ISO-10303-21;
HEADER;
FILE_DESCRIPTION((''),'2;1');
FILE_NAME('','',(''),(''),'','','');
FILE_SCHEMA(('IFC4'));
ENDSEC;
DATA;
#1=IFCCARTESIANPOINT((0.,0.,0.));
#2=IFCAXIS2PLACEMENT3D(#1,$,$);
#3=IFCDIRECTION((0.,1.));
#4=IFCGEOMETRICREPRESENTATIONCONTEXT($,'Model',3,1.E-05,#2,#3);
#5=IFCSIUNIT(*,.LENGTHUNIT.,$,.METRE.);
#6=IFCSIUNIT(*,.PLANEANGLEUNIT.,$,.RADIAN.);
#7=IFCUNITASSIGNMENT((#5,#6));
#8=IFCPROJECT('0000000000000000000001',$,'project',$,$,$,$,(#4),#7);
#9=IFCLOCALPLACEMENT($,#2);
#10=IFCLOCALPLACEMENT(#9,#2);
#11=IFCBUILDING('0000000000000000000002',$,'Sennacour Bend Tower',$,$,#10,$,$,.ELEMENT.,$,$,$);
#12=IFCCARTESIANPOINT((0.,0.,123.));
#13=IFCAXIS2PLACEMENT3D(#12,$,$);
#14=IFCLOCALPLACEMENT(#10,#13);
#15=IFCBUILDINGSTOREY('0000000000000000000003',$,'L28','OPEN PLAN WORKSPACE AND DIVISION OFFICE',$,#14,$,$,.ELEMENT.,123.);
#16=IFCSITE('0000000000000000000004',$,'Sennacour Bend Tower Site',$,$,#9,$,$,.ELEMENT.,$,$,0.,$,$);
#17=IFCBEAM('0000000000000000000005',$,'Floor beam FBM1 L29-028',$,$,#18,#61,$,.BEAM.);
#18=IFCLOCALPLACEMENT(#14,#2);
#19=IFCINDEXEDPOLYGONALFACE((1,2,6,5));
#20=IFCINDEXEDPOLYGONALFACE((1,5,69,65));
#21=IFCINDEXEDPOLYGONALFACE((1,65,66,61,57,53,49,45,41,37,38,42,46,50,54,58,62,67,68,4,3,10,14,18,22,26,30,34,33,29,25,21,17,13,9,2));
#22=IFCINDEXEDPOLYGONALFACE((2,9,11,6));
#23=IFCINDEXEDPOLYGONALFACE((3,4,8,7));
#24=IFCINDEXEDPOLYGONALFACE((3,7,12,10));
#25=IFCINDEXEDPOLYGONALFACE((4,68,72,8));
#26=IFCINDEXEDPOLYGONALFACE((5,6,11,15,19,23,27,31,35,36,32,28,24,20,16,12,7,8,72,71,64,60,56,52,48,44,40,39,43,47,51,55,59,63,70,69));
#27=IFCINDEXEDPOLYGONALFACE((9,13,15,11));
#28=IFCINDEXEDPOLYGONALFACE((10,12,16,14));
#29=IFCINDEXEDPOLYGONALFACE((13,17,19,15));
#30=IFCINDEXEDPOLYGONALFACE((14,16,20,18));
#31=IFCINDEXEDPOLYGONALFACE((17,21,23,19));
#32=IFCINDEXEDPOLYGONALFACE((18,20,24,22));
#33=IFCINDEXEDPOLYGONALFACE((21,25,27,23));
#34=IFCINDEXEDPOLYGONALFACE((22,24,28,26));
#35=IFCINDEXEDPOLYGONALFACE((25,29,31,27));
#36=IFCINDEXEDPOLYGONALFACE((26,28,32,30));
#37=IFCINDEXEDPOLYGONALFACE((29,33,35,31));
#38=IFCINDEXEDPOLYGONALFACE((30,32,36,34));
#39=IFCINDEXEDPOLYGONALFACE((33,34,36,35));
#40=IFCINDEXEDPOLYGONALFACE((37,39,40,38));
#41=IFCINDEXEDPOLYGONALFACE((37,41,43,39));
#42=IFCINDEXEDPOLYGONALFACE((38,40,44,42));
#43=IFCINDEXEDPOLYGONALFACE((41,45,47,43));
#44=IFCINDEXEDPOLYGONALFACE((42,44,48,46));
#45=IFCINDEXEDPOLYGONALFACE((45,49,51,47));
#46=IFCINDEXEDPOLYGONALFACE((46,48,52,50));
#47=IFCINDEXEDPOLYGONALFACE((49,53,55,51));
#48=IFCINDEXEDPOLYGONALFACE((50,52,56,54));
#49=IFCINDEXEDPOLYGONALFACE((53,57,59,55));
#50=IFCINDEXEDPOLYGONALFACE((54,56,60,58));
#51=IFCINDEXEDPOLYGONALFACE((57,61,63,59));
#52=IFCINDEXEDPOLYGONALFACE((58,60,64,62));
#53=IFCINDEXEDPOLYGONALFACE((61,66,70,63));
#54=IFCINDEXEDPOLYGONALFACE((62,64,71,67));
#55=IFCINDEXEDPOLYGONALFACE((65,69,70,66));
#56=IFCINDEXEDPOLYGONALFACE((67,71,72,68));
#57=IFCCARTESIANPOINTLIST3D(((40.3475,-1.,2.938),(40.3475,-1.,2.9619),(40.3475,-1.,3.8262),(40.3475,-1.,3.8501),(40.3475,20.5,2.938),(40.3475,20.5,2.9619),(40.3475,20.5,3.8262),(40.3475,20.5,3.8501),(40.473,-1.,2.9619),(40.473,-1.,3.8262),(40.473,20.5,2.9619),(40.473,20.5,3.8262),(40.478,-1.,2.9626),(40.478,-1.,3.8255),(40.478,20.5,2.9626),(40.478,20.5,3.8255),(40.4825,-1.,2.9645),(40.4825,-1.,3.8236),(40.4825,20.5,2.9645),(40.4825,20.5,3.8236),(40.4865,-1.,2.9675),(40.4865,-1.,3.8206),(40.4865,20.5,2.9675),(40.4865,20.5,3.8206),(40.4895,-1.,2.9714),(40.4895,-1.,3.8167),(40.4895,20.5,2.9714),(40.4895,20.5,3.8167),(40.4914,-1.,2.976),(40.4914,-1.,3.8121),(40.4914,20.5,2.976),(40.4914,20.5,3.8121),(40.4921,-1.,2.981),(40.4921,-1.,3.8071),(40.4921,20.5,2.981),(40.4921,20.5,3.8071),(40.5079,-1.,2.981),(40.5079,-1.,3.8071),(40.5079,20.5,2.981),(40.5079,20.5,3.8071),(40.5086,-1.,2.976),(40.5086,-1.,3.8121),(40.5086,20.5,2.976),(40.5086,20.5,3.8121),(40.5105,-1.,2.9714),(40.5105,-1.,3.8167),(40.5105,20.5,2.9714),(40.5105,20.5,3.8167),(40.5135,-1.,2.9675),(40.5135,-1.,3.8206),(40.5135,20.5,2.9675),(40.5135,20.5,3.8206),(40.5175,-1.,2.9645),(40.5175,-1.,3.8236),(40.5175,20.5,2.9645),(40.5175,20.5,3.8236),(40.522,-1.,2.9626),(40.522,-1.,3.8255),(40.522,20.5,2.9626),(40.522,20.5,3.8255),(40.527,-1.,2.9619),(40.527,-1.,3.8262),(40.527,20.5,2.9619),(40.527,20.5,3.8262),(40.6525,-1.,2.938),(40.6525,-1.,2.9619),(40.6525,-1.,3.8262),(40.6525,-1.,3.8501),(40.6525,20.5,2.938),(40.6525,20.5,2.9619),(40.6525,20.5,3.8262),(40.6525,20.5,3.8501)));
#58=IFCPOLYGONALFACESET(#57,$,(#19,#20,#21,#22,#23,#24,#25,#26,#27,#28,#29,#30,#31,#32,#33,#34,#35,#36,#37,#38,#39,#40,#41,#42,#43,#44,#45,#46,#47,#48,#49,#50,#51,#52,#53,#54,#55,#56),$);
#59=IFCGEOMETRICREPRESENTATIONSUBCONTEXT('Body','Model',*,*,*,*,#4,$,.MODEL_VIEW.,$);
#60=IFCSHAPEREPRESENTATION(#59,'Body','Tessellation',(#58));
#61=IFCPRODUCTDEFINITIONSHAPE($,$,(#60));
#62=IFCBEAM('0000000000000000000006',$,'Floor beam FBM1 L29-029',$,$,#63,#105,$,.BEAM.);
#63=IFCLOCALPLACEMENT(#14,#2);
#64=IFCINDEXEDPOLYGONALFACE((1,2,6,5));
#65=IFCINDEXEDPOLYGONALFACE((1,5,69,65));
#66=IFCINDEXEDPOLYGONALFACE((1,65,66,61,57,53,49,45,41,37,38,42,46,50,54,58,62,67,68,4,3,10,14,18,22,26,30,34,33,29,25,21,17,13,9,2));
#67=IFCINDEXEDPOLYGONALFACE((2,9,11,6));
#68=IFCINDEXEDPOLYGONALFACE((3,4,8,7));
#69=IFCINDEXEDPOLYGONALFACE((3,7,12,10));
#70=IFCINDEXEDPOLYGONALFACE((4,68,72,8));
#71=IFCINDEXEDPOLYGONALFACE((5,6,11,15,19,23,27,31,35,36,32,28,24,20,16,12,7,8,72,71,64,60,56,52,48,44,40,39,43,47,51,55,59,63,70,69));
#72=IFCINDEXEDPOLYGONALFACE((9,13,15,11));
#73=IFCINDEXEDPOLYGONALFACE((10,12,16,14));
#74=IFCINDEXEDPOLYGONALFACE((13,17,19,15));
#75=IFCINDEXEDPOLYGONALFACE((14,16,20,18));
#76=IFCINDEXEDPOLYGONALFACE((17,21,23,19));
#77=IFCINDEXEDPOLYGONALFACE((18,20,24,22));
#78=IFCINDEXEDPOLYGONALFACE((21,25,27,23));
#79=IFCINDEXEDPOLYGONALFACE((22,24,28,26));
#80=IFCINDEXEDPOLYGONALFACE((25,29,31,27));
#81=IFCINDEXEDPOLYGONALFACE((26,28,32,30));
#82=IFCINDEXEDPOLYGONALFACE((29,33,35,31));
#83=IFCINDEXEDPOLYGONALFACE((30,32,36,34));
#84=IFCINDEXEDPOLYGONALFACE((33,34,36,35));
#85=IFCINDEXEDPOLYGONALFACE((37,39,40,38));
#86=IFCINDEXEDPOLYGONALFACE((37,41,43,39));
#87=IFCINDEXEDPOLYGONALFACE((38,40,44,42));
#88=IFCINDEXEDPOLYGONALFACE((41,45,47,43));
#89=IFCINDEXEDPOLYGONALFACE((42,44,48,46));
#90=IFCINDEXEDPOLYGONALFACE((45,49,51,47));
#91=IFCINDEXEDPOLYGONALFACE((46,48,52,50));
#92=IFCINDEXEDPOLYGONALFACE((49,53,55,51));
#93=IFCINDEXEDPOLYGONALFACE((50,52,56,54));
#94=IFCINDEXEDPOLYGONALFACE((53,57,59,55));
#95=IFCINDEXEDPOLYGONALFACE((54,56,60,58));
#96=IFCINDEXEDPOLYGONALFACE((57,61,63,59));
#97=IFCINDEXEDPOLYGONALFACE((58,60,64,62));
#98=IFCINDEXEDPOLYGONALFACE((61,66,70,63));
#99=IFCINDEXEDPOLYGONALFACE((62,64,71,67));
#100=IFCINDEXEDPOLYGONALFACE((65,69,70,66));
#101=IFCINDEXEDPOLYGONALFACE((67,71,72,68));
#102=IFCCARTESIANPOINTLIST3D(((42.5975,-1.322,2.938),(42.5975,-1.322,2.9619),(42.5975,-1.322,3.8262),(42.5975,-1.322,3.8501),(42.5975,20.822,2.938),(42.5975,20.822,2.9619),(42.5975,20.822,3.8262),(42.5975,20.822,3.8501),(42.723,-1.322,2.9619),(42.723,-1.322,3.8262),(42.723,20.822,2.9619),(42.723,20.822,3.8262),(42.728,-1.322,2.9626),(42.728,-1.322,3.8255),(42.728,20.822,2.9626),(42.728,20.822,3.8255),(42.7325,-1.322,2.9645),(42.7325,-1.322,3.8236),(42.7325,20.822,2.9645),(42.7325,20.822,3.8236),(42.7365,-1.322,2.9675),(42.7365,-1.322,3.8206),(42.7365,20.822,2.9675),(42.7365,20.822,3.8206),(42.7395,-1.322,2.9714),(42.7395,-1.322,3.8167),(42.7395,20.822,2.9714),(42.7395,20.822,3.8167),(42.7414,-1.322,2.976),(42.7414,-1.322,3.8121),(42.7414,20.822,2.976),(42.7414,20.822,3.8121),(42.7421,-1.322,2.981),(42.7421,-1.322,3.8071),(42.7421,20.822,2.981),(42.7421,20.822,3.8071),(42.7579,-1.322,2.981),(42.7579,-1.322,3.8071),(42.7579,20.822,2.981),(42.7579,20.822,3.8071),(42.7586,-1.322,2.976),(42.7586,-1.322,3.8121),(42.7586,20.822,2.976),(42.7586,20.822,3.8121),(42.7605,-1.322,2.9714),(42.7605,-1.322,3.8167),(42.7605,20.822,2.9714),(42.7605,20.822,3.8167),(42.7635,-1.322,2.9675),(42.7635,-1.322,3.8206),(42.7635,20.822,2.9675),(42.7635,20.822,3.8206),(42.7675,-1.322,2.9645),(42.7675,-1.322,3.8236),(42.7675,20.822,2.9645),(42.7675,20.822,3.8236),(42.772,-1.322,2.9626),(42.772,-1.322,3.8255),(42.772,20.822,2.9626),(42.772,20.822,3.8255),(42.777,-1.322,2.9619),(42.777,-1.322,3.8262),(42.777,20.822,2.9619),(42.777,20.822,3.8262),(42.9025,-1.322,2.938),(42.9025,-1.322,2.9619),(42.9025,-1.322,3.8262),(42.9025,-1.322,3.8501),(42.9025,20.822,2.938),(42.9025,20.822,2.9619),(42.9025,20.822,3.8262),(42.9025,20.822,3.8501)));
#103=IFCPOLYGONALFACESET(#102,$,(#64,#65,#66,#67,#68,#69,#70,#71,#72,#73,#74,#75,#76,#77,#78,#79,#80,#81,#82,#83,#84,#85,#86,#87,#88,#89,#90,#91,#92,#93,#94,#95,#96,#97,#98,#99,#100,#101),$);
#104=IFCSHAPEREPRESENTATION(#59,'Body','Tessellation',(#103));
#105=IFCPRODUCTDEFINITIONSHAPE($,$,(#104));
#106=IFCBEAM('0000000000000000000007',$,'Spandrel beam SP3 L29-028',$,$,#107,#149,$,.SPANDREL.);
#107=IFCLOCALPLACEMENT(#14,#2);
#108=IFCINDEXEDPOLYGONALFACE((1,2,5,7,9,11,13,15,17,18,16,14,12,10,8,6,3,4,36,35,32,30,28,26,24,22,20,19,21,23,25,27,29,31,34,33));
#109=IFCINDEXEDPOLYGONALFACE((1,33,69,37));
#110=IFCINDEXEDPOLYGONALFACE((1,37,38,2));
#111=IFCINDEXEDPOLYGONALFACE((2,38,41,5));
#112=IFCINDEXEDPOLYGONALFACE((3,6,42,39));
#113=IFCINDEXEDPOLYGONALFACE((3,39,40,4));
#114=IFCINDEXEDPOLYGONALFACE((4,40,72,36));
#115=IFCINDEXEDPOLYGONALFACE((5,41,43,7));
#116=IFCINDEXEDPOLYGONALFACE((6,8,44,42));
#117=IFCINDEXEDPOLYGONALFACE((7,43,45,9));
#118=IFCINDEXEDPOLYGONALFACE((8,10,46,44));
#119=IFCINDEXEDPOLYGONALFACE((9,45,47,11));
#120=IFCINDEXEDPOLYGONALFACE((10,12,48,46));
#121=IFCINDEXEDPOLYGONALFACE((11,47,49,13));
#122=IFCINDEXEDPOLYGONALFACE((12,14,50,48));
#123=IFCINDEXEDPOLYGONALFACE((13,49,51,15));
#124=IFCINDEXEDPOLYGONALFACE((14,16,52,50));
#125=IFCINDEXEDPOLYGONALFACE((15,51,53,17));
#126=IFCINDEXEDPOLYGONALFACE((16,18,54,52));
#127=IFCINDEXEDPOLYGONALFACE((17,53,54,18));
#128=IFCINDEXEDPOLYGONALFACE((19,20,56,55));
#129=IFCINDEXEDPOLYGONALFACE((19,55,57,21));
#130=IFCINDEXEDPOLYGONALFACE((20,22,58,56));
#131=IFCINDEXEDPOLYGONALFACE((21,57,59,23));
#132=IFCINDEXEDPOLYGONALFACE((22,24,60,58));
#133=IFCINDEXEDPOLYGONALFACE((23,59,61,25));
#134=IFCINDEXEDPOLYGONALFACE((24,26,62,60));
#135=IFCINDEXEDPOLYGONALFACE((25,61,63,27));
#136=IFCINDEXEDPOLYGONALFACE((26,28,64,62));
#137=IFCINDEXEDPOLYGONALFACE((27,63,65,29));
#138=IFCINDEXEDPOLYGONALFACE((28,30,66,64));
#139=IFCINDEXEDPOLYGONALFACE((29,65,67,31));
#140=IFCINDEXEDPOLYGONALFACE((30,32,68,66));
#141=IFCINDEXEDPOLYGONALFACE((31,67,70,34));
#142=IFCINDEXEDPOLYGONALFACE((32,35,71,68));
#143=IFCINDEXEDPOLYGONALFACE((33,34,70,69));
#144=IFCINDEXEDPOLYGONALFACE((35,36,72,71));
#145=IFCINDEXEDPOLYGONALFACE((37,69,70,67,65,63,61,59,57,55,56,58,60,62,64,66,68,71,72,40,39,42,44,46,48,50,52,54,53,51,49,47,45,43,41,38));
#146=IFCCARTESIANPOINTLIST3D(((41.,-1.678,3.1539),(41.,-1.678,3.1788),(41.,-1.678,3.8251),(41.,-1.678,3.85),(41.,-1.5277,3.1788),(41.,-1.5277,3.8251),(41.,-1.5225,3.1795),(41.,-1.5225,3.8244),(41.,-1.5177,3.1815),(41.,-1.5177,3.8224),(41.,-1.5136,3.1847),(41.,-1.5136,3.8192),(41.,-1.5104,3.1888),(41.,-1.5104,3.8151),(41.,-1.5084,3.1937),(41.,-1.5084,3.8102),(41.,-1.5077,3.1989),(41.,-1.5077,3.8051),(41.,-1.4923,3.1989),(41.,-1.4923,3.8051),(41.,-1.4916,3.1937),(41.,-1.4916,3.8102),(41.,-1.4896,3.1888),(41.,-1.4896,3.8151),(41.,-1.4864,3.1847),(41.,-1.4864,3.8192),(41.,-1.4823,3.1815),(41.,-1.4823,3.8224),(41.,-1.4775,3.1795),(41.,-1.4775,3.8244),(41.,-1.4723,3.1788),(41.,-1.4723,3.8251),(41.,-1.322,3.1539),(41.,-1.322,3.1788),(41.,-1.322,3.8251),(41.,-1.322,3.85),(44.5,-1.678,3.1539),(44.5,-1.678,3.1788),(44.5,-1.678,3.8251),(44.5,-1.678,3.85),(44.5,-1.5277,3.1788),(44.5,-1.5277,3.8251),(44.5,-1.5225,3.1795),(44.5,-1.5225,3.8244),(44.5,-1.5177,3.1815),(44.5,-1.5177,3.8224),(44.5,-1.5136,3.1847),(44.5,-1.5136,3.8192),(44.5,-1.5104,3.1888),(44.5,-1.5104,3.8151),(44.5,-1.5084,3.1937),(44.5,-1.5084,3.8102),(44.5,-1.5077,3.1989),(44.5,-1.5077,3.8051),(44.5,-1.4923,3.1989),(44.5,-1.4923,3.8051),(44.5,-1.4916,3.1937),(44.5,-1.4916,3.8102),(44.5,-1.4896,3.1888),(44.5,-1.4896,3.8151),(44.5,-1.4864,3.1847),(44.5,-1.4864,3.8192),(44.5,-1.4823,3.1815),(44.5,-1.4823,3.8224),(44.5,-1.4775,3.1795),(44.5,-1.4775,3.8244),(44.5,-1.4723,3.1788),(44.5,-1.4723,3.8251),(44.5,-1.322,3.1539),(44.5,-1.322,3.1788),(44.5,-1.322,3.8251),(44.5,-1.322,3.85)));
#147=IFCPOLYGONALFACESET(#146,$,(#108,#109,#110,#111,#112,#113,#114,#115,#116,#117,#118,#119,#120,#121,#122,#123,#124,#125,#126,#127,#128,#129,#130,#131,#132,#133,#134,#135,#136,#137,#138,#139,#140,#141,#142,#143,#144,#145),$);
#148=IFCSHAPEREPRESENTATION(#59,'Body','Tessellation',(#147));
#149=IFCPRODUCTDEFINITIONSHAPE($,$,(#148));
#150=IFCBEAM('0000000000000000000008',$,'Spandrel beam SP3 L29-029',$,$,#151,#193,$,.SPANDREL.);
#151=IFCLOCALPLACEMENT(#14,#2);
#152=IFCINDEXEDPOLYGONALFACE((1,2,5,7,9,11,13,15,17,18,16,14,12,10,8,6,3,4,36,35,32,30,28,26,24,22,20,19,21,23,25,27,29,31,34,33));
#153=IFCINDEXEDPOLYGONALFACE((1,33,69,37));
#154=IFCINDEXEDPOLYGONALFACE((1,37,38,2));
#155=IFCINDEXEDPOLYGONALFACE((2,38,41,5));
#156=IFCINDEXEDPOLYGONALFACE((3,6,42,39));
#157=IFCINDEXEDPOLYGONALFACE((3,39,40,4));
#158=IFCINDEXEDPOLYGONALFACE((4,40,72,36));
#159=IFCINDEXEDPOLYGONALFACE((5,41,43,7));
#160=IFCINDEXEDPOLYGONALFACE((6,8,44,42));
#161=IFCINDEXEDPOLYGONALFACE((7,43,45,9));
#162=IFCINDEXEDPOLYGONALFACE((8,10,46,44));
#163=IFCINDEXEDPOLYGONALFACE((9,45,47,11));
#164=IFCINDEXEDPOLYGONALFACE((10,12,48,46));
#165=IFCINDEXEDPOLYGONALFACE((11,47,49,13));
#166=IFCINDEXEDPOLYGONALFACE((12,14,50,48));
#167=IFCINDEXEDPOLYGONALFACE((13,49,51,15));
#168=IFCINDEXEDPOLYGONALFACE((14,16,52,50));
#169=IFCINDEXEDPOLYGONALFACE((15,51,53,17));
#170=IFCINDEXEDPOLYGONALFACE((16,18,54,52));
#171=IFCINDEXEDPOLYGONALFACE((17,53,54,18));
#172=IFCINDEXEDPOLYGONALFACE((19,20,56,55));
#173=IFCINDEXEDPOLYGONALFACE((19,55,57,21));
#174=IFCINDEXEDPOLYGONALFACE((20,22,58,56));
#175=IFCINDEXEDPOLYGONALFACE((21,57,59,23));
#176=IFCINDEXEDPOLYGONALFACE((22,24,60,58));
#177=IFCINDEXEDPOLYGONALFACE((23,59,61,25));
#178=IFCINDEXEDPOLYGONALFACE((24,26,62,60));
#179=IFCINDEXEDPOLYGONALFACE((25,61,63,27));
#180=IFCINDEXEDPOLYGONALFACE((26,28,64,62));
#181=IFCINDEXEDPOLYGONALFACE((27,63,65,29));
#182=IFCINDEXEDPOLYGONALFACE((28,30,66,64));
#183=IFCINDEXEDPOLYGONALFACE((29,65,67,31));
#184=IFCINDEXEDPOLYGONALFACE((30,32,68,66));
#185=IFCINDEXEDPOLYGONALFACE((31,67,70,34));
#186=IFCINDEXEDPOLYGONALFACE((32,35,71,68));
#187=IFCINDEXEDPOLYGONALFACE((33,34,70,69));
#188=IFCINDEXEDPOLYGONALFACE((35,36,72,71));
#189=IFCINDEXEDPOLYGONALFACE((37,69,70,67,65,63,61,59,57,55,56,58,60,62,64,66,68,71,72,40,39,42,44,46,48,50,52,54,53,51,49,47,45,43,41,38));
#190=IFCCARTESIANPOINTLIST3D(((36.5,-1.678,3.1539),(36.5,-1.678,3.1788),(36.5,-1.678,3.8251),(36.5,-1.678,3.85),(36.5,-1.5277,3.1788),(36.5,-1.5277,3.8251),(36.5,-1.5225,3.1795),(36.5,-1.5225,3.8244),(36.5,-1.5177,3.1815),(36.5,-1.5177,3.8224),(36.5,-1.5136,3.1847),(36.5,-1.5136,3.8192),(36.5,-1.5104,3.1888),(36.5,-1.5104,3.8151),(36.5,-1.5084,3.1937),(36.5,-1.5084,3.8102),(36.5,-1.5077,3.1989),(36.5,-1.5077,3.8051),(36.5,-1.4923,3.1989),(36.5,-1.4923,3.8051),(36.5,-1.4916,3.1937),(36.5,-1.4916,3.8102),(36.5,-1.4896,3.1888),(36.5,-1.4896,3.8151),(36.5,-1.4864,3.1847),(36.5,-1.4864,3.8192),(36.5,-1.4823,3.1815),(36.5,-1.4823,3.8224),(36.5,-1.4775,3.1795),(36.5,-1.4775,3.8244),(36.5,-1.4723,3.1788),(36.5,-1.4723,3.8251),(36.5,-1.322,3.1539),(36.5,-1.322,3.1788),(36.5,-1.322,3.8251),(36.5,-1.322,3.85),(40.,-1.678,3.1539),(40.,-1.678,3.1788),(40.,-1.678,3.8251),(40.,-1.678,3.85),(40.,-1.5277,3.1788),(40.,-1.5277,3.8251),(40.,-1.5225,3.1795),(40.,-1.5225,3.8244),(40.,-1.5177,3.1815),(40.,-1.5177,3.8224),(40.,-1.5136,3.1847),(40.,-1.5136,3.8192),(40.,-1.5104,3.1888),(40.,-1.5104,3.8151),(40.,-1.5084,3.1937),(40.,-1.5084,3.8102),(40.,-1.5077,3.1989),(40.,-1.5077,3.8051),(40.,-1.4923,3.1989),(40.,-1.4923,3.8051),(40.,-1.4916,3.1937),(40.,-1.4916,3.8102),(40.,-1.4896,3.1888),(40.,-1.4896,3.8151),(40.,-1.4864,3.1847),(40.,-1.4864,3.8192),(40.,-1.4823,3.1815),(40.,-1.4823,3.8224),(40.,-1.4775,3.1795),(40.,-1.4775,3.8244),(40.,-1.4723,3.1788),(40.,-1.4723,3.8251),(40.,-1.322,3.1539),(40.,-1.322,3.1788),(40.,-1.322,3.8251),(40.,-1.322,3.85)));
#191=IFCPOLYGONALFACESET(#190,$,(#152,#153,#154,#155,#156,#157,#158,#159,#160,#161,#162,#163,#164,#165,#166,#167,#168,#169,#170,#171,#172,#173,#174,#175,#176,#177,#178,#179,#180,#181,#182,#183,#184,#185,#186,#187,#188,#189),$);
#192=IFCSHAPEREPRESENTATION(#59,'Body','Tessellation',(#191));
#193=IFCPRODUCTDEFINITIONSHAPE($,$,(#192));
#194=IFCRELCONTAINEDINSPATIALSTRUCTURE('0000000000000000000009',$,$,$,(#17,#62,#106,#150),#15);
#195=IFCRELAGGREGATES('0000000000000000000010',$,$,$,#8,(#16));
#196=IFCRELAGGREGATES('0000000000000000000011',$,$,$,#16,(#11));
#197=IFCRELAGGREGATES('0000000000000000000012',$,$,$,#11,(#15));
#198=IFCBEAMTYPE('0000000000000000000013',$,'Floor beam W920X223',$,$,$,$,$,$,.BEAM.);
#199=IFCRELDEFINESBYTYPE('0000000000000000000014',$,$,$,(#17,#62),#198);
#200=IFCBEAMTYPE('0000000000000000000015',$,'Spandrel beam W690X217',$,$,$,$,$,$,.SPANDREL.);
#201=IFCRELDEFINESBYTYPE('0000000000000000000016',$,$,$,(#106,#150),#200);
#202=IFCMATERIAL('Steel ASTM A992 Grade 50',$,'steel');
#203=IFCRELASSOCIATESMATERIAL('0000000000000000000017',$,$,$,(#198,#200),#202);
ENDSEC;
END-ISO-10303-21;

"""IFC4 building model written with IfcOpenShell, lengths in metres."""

from ifc_helpers import new_model, si_unit, direction, frame, origin, origin_2d, place, context, subcontext, project, spatial, i_section, extrude, material, material_profile, profile_set, type_object, element, save


model = new_model("IFC4")

# Units and contexts
model_context = context("Model", 3, precision=1e-05, world=origin(), true_north=direction((0.0, 1.0)))
body_context = subcontext(model_context, "Body", "Model", "MODEL_VIEW")
ifc_project = project(units=[si_unit("LENGTHUNIT", "METRE"), si_unit("PLANEANGLEUNIT", "RADIAN")], contexts=[model_context])

# Site, building, storey
site_placement = place(None, origin())
site = spatial("IfcSite", under=ifc_project, at=site_placement, Name="Sennacour Bend Tower Site", CompositionType="ELEMENT", RefElevation=0.0)
building_placement = place(site_placement, origin())
building = spatial("IfcBuilding", under=site, at=building_placement, Name="Sennacour Bend Tower", CompositionType="ELEMENT")
storey_placement = place(building_placement, frame((0.0, 0.0, 123.0)))
storey = spatial("IfcBuildingStorey", under=building, at=storey_placement, Name="L28", Description="OPEN PLAN WORKSPACE AND DIVISION OFFICE", CompositionType="ELEMENT", Elevation=123.0)

# Beams
ifc_material_1 = material(Name="Steel ASTM A992 Grade 50", Category="steel")
ifc_material_profile_1 = material_profile(ifc_material_1, i_section(OverallWidth=0.3049, OverallDepth=0.9121, WebThickness=0.0159, FlangeThickness=0.0239, FilletRadius=0.019, at=origin_2d()), Name="Steel ASTM A992 Grade 50", Category="steel")
ifc_profile_set_1 = profile_set([ifc_material_profile_1], Name="Steel ASTM A992 Grade 50")
beam_type_1 = type_object("IfcBeamType", Name="Floor beam W920X223", PredefinedType="BEAM", material=ifc_profile_set_1)
beam_1_placement = place(storey_placement, frame((40.5, -1.0, 3.394), z_axis=(0.0, 1.0, 0.0), x_axis=(-1.0, 0.0, 0.0)))
element("IfcBeam", 1, at=beam_1_placement, inside=storey, type_object=beam_type_1, Name="Floor beam FBM1 L29-028", PredefinedType="BEAM", context=body_context, shape_type="SweptSolid", body=[
    extrude(i_section(OverallWidth=0.3049, OverallDepth=0.9121, WebThickness=0.0159, FlangeThickness=0.0239, FilletRadius=0.019, at=origin_2d()), origin(), (0.0, 0.0, 1.0), 21.5),
])
beam_2_placement = place(storey_placement, frame((42.75, -1.322, 3.394), z_axis=(0.0, 1.0, 0.0), x_axis=(-1.0, 0.0, 0.0)))
element("IfcBeam", 2, at=beam_2_placement, inside=storey, type_object=beam_type_1, Name="Floor beam FBM1 L29-029", PredefinedType="BEAM", context=body_context, shape_type="SweptSolid", body=[
    extrude(i_section(OverallWidth=0.3049, OverallDepth=0.9121, WebThickness=0.0159, FlangeThickness=0.0239, FilletRadius=0.019, at=origin_2d()), origin(), (0.0, 0.0, 1.0), 22.144),
])
ifc_material_profile_2 = material_profile(ifc_material_1, i_section(OverallWidth=0.356, OverallDepth=0.696, WebThickness=0.0154, FlangeThickness=0.0249, FilletRadius=0.02, at=origin_2d()), Name="Steel ASTM A992 Grade 50", Category="steel")
ifc_profile_set_2 = profile_set([ifc_material_profile_2], Name="Steel ASTM A992 Grade 50")
beam_type_2 = type_object("IfcBeamType", Name="Spandrel beam W690X217", PredefinedType="SPANDREL", material=ifc_profile_set_2)
for number, where, z_axis, x_axis, name in (
    (3, (44.5, -1.5, 3.502), (-1.0, 0.0, 0.0), (0.0, -1.0, 0.0), "Spandrel beam SP3 L29-028"),
    (4, (40.0, -1.5, 3.502), (-1.0, 0.0, 0.0), (0.0, -1.0, 0.0), "Spandrel beam SP3 L29-029"),
):
    element("IfcBeam", number, at=place(storey_placement, frame(where, z_axis=z_axis, x_axis=x_axis)), inside=storey, type_object=beam_type_2, Name=name, PredefinedType="SPANDREL", context=body_context, shape_type="SweptSolid", body=[
        extrude(i_section(OverallWidth=0.356, OverallDepth=0.696, WebThickness=0.0154, FlangeThickness=0.0249, FilletRadius=0.02, at=origin_2d()), origin(), (0.0, 0.0, 1.0), 3.5),
    ])

save(model, "model.ifc")
